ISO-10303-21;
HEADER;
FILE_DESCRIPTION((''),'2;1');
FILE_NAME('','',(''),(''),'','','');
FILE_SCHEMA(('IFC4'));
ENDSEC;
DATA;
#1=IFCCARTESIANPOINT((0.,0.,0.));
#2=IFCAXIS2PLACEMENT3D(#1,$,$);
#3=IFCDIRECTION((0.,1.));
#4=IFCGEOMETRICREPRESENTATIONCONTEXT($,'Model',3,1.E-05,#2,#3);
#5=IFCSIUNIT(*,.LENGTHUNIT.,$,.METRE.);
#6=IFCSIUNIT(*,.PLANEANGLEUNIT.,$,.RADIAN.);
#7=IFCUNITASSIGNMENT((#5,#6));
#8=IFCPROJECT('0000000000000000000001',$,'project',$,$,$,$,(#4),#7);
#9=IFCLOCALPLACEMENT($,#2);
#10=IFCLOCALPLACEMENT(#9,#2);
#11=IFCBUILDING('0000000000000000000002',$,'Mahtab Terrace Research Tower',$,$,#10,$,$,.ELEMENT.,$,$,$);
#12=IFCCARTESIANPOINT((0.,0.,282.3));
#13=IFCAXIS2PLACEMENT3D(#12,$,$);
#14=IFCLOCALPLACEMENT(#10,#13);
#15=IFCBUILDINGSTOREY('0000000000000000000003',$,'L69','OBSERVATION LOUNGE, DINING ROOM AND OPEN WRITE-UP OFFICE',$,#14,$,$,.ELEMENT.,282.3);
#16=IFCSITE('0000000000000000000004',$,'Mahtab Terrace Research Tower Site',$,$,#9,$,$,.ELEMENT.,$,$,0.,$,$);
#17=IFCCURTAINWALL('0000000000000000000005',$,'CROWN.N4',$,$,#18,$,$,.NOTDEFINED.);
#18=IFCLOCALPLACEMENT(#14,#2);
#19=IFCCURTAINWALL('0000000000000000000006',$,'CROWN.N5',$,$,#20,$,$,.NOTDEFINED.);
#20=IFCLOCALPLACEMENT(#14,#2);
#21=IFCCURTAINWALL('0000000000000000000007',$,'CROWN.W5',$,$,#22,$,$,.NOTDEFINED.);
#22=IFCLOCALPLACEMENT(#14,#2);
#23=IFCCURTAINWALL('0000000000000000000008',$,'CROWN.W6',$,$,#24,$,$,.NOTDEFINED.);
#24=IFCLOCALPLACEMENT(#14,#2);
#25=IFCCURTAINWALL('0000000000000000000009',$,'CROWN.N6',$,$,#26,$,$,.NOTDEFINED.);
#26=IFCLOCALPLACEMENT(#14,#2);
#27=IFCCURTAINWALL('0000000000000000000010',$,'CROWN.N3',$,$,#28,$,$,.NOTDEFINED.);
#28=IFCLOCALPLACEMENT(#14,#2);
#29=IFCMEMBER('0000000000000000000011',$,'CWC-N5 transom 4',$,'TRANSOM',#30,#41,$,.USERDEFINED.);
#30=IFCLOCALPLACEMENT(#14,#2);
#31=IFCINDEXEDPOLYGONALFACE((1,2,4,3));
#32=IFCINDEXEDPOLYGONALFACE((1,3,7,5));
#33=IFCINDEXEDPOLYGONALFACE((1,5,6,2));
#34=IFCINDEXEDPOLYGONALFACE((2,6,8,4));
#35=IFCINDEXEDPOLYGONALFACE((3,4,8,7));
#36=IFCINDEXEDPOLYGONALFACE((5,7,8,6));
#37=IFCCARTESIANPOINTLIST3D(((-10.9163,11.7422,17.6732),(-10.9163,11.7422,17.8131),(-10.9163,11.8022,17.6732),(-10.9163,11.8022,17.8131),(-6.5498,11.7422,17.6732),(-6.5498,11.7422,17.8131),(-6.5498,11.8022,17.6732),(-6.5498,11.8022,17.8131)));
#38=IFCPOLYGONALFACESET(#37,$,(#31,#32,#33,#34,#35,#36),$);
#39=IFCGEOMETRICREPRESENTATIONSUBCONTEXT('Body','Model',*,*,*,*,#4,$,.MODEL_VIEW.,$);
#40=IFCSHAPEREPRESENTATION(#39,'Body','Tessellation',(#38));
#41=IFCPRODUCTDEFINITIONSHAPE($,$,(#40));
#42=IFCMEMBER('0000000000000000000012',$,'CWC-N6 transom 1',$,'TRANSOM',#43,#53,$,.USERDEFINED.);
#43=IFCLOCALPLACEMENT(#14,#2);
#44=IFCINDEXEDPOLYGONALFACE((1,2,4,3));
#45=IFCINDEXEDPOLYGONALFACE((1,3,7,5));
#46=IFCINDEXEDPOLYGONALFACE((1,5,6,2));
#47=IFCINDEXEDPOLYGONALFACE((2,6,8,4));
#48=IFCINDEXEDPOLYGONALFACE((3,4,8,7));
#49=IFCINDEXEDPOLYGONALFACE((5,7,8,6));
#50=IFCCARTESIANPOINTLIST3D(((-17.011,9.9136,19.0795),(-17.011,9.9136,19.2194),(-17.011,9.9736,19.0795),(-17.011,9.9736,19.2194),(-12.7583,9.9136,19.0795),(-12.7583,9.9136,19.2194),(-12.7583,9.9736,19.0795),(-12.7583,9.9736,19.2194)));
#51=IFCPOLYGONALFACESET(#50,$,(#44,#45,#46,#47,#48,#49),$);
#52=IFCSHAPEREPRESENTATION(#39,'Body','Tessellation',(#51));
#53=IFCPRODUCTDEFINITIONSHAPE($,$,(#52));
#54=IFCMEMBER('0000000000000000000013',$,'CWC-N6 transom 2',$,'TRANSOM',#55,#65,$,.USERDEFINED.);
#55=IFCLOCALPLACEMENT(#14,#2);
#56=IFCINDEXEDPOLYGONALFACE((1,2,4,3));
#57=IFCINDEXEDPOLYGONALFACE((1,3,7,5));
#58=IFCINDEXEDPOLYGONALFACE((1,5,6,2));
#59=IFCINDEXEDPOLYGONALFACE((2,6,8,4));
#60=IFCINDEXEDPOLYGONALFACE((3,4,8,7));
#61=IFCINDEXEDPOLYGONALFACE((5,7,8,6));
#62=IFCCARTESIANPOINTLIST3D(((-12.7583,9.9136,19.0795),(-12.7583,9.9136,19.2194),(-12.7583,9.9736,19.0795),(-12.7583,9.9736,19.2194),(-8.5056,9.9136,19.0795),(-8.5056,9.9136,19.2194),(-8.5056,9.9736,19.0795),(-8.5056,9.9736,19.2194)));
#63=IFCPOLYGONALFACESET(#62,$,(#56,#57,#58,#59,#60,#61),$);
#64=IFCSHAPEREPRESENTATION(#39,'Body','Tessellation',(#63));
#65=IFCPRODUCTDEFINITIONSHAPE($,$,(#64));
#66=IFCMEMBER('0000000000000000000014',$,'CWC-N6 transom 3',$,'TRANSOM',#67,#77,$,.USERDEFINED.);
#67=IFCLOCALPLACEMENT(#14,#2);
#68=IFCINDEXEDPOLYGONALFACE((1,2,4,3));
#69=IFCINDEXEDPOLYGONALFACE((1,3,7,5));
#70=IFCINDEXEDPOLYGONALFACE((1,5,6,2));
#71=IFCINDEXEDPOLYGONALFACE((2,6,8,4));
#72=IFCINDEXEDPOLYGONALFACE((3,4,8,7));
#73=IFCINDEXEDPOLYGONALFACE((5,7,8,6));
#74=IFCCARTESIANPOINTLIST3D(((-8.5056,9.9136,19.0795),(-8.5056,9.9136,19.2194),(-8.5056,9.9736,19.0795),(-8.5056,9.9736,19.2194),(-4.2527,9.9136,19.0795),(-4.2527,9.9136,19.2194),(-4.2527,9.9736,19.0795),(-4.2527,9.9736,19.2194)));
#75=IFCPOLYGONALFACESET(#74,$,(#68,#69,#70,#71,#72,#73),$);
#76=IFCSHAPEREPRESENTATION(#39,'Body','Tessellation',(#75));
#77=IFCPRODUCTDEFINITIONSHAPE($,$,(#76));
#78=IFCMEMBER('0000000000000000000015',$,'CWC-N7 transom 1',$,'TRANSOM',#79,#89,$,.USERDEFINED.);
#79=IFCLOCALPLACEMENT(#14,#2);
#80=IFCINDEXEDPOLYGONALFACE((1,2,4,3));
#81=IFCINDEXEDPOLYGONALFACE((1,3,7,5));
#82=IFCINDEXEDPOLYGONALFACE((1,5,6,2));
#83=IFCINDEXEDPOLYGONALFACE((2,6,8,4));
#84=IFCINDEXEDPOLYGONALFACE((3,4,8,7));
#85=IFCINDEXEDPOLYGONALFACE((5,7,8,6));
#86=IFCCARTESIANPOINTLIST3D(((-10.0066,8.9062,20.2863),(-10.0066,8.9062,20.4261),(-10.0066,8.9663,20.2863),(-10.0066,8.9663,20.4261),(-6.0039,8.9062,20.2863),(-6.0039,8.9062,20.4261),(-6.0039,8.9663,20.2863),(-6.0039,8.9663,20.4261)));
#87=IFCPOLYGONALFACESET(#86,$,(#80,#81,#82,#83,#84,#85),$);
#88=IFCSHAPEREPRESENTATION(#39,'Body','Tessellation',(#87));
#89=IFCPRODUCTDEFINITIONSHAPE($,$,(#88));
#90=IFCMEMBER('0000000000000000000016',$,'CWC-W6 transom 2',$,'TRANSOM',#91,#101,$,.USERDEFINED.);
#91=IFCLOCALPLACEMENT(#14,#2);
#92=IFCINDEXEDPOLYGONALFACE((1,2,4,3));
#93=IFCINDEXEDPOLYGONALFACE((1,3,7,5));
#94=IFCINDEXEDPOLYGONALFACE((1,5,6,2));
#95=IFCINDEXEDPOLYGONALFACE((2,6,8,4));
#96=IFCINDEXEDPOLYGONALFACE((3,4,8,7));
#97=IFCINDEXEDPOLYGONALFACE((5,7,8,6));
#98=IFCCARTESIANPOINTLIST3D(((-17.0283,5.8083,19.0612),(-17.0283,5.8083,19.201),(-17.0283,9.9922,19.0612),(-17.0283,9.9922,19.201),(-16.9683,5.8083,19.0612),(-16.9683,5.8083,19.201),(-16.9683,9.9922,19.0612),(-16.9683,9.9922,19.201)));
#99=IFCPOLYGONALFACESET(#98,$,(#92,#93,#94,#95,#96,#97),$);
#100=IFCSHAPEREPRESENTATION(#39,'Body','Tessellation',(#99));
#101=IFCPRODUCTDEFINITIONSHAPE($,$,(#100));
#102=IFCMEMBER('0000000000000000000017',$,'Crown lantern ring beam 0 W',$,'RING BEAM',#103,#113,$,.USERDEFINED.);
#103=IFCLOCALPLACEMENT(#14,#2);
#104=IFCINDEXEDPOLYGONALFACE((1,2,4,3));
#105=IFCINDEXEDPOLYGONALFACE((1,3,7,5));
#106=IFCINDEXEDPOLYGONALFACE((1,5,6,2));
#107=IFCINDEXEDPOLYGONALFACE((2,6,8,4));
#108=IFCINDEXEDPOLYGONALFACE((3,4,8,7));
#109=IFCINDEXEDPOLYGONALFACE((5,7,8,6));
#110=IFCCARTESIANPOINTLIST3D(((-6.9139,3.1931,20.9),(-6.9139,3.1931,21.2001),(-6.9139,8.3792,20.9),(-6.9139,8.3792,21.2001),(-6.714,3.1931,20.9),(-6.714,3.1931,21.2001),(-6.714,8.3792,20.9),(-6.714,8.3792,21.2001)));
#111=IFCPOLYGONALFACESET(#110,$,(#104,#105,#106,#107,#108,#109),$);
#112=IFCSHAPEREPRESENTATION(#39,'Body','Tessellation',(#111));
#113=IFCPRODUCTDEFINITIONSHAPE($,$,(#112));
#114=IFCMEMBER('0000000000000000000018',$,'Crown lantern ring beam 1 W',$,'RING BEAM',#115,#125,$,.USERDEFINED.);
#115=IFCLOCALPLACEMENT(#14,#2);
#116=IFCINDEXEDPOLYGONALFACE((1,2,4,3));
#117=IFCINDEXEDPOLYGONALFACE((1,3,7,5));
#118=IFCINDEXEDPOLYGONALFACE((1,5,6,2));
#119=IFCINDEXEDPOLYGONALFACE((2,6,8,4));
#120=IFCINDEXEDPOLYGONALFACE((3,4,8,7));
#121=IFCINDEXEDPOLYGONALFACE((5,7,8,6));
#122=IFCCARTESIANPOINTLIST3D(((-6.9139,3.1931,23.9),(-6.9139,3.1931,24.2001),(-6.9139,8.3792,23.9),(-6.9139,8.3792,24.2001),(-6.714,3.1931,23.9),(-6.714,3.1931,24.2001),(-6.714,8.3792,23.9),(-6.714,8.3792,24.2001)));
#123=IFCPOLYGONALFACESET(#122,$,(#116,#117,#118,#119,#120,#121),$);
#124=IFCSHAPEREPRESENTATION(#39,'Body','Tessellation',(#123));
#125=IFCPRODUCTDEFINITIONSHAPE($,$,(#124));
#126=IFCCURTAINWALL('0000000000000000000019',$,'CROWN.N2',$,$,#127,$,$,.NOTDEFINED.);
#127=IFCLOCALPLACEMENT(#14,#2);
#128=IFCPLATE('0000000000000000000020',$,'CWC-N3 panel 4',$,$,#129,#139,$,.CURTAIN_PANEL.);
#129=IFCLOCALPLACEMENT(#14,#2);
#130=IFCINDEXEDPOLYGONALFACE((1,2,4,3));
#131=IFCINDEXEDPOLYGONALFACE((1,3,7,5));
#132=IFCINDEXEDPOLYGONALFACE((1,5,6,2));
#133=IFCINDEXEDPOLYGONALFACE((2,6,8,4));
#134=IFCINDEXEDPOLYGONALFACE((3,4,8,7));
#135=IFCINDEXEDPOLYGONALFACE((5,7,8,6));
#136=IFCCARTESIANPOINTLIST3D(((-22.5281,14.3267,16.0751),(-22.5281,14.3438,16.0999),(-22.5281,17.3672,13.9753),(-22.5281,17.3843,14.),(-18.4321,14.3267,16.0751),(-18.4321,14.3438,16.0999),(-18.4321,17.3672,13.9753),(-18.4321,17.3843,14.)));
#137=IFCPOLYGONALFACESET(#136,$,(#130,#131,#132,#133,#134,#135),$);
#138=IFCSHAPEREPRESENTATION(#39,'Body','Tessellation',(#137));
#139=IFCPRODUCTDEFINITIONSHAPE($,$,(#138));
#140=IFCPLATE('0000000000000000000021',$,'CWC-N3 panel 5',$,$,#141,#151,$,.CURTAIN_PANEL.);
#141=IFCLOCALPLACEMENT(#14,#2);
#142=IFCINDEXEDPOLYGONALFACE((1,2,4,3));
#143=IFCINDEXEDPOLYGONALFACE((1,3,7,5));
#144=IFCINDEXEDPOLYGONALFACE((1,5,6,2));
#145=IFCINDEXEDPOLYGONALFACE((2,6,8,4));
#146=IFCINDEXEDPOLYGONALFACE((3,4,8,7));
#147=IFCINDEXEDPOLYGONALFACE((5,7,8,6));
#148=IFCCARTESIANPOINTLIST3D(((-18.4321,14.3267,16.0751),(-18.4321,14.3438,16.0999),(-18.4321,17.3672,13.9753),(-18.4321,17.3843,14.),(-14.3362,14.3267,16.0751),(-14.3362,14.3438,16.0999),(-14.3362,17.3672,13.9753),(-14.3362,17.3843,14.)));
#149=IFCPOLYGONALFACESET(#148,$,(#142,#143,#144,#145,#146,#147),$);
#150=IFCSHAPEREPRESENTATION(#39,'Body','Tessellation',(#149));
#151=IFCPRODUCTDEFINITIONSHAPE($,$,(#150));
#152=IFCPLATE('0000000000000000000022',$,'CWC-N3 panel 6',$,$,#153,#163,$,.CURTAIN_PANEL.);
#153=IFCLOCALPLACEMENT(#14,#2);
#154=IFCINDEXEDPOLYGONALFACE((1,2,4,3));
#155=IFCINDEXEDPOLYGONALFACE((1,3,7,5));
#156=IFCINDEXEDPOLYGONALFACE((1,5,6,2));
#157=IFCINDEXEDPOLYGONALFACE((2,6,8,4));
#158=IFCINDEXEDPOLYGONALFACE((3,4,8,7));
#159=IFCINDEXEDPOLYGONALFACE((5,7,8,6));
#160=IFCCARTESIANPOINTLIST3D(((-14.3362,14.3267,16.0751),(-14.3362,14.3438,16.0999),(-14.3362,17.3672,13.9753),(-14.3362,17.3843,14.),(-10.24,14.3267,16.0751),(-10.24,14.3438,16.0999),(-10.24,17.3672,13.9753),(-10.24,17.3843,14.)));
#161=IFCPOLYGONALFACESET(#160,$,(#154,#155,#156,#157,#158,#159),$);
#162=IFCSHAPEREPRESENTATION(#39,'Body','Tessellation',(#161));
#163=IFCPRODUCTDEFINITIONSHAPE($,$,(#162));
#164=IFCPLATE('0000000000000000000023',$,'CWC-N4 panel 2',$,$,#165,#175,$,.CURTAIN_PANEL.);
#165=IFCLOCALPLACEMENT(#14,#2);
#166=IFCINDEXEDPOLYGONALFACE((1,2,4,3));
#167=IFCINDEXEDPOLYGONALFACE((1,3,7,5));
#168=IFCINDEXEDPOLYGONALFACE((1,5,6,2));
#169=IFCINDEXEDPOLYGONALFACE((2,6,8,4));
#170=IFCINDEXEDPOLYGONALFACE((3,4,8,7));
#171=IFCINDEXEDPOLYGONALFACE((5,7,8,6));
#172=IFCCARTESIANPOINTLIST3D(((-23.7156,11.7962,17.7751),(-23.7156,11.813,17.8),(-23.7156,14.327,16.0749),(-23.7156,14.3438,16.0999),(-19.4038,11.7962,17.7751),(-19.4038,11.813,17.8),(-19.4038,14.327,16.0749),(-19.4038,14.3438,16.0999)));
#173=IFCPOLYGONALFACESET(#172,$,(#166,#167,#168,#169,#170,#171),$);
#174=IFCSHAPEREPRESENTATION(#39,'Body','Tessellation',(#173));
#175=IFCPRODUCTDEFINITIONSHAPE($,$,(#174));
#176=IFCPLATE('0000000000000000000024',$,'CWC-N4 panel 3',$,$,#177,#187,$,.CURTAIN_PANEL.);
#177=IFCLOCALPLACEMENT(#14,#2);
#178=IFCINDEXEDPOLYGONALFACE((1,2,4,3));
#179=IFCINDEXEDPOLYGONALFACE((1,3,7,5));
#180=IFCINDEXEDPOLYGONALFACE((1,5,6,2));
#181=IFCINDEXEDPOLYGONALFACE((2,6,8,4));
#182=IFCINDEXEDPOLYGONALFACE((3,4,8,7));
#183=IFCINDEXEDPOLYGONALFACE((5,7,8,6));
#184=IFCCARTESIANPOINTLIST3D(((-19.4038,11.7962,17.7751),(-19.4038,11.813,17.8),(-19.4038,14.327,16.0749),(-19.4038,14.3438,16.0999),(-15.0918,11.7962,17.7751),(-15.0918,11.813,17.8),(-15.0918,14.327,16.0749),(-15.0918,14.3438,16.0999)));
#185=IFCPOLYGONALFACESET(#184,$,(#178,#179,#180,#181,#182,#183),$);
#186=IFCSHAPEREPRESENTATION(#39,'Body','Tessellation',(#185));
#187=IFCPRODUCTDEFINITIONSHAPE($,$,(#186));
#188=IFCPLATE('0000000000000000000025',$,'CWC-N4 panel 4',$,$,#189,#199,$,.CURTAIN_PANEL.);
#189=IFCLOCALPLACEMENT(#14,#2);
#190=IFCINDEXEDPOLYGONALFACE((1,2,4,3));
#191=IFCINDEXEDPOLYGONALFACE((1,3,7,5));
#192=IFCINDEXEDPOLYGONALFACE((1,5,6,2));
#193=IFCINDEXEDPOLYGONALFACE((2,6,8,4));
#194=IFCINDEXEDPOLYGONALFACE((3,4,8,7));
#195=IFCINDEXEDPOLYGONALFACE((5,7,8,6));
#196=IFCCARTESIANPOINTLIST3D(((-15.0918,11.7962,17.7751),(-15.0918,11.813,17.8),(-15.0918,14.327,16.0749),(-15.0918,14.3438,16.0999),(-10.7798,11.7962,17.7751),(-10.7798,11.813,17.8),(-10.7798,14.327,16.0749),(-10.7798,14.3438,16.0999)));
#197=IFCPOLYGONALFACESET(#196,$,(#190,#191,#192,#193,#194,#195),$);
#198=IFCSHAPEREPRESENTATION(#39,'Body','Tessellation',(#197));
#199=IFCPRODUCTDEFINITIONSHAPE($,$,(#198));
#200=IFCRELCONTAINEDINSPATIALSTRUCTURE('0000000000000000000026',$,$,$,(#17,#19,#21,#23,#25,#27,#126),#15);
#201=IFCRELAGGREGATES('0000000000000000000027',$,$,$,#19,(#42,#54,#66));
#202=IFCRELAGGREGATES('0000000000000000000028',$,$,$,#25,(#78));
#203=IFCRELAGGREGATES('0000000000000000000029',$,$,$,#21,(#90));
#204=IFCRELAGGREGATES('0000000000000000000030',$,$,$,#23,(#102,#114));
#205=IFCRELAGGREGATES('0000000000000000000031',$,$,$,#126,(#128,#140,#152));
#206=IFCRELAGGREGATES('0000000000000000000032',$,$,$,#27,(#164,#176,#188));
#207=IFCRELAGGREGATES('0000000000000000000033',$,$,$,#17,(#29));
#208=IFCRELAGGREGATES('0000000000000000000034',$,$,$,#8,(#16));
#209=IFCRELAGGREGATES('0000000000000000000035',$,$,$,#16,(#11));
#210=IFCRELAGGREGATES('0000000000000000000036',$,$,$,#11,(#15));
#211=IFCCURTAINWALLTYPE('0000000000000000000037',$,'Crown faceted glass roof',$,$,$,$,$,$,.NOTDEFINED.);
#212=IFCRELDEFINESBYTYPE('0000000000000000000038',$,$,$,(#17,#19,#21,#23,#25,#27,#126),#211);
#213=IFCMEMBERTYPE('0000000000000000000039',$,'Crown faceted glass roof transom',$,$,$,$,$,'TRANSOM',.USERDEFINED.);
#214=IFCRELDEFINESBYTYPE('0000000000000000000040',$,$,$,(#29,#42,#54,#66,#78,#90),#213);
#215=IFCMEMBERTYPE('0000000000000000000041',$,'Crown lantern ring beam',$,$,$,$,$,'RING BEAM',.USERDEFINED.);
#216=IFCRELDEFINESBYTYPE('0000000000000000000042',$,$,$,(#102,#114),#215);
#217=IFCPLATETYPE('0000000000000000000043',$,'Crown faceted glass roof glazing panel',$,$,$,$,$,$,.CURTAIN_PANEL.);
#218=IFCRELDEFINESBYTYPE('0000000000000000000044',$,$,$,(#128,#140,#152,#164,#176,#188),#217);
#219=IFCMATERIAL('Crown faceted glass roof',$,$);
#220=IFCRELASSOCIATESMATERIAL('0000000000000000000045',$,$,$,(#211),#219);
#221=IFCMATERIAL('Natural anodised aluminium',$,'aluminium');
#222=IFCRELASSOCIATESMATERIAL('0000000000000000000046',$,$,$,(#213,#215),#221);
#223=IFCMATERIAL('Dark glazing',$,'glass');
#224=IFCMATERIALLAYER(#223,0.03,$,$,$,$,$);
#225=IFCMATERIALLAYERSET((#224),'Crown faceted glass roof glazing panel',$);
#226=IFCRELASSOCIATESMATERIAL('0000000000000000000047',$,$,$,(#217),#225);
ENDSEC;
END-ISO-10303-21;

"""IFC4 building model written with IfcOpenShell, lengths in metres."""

from ifc_helpers import new_model, si_unit, direction, frame, origin, origin_2d, place, context, subcontext, project, spatial, polyline, rectangle, outline, extrude, material, layer, layer_set, material_profile, profile_set, type_object, element, aggregate, save


model = new_model("IFC4")

# Units and contexts
model_context = context("Model", 3, precision=1e-05, world=origin(), true_north=direction((0.0, 1.0)))
body_context = subcontext(model_context, "Body", "Model", "MODEL_VIEW")
ifc_project = project(units=[si_unit("LENGTHUNIT", "METRE"), si_unit("PLANEANGLEUNIT", "RADIAN")], contexts=[model_context])

# Site, building, storey
site_placement = place(None, origin())
site = spatial("IfcSite", under=ifc_project, at=site_placement, Name="Mahtab Terrace Research Tower Site", CompositionType="ELEMENT", RefElevation=0.0)
building_placement = place(site_placement, origin())
building = spatial("IfcBuilding", under=site, at=building_placement, Name="Mahtab Terrace Research Tower", CompositionType="ELEMENT")
storey_placement = place(building_placement, frame((0.0, 0.0, 282.3)))
storey = spatial("IfcBuildingStorey", under=building, at=storey_placement, Name="L69", Description="OBSERVATION LOUNGE, DINING ROOM AND OPEN WRITE-UP OFFICE", CompositionType="ELEMENT", Elevation=282.3)

# Curtain wall
ifc_material_1 = material(Name="Crown faceted glass roof")
curtain_wall_type = type_object("IfcCurtainWallType", Name="Crown faceted glass roof", PredefinedType="NOTDEFINED", material=ifc_material_1)
curtain_wall_1_placement = place(storey_placement, origin())
curtain_wall_1 = element("IfcCurtainWall", 1, at=curtain_wall_1_placement, inside=storey, type_object=curtain_wall_type, Name="CROWN.N4", PredefinedType="NOTDEFINED")
ifc_material_2 = material(Name="Natural anodised aluminium", Category="aluminium")

# Curtain walls
curtain_wall_2_placement = place(storey_placement, origin())
curtain_wall_2 = element("IfcCurtainWall", 2, at=curtain_wall_2_placement, inside=storey, type_object=curtain_wall_type, Name="CROWN.N5", PredefinedType="NOTDEFINED")
curtain_wall_3_placement = place(storey_placement, origin())
curtain_wall_3 = element("IfcCurtainWall", 3, at=curtain_wall_3_placement, inside=storey, type_object=curtain_wall_type, Name="CROWN.W5", PredefinedType="NOTDEFINED")
curtain_wall_4_placement = place(storey_placement, origin())
curtain_wall_4 = element("IfcCurtainWall", 4, at=curtain_wall_4_placement, inside=storey, type_object=curtain_wall_type, Name="CROWN.W6", PredefinedType="NOTDEFINED")

# Curtain wall
curtain_wall_5_placement = place(storey_placement, origin())
curtain_wall_5 = element("IfcCurtainWall", 5, at=curtain_wall_5_placement, inside=storey, type_object=curtain_wall_type, Name="CROWN.N6", PredefinedType="NOTDEFINED")

# Curtain wall
curtain_wall_6_placement = place(storey_placement, origin())
curtain_wall_6 = element("IfcCurtainWall", 6, at=curtain_wall_6_placement, inside=storey, type_object=curtain_wall_type, Name="CROWN.N3", PredefinedType="NOTDEFINED")
ifc_material_profile_1 = material_profile(ifc_material_2, rectangle(XDim=0.0601, YDim=0.1399, at=origin_2d()), Name="TRANSOM 60x140")
ifc_profile_set_1 = profile_set([ifc_material_profile_1], Name="Natural anodised aluminium")
member_type_1 = type_object("IfcMemberType", Name="Crown faceted glass roof transom", ElementType="TRANSOM", PredefinedType="USERDEFINED", material=ifc_profile_set_1)

# Members
member_1_placement = place(storey_placement, frame((-10.9163, 11.7722, 17.7432), z_axis=(1.0, 0.0, 0.0), x_axis=(0.0, 1.0, 0.0)))
member_1 = element("IfcMember", 7, at=member_1_placement, type_object=member_type_1, Name="CWC-N5 transom 4", ObjectType="TRANSOM", PredefinedType="USERDEFINED", context=body_context, shape_type="SweptSolid", body=[
    extrude(rectangle(XDim=0.0601, YDim=0.1399, at=origin_2d()), origin(), (0.0, 0.0, 1.0), 4.3665),
])
member_2_placement = place(storey_placement, frame((-17.011, 9.9436, 19.1494), z_axis=(1.0, 0.0, 0.0), x_axis=(0.0, 1.0, 0.0)))
member_2 = element("IfcMember", 8, at=member_2_placement, type_object=member_type_1, Name="CWC-N6 transom 1", ObjectType="TRANSOM", PredefinedType="USERDEFINED", context=body_context, shape_type="SweptSolid", body=[
    extrude(rectangle(XDim=0.0601, YDim=0.1399, at=origin_2d()), origin(), (0.0, 0.0, 1.0), 4.2527),
])
member_3_placement = place(storey_placement, frame((-12.7583, 9.9436, 19.1494), z_axis=(1.0, 0.0, 0.0), x_axis=(0.0, 1.0, 0.0)))
member_3 = element("IfcMember", 9, at=member_3_placement, type_object=member_type_1, Name="CWC-N6 transom 2", ObjectType="TRANSOM", PredefinedType="USERDEFINED", context=body_context, shape_type="SweptSolid", body=[
    extrude(rectangle(XDim=0.0601, YDim=0.1399, at=origin_2d()), origin(), (0.0, 0.0, 1.0), 4.2527),
])
member_4_placement = place(storey_placement, frame((-8.5056, 9.9436, 19.1494), z_axis=(1.0, 0.0, 0.0), x_axis=(0.0, 1.0, 0.0)))
member_4 = element("IfcMember", 10, at=member_4_placement, type_object=member_type_1, Name="CWC-N6 transom 3", ObjectType="TRANSOM", PredefinedType="USERDEFINED", context=body_context, shape_type="SweptSolid", body=[
    extrude(rectangle(XDim=0.0601, YDim=0.1399, at=origin_2d()), origin(), (0.0, 0.0, 1.0), 4.2529),
])
aggregate(curtain_wall_2, [member_2, member_3, member_4])
member_5_placement = place(storey_placement, frame((-10.0066, 8.9363, 20.3562), z_axis=(1.0, 0.0, 0.0), x_axis=(0.0, 1.0, 0.0)))
member_5 = element("IfcMember", 11, at=member_5_placement, type_object=member_type_1, Name="CWC-N7 transom 1", ObjectType="TRANSOM", PredefinedType="USERDEFINED", context=body_context, shape_type="SweptSolid", body=[
    extrude(rectangle(XDim=0.0601, YDim=0.1399, at=origin_2d()), origin(), (0.0, 0.0, 1.0), 4.0027),
])
aggregate(curtain_wall_5, [member_5])
member_6_placement = place(storey_placement, frame((-16.9983, 5.8083, 19.1311), z_axis=(0.0, 1.0, 0.0), x_axis=(-1.0, 0.0, 0.0)))
member_6 = element("IfcMember", 12, at=member_6_placement, type_object=member_type_1, Name="CWC-W6 transom 2", ObjectType="TRANSOM", PredefinedType="USERDEFINED", context=body_context, shape_type="SweptSolid", body=[
    extrude(rectangle(XDim=0.0601, YDim=0.1399, at=origin_2d()), origin(), (0.0, 0.0, 1.0), 4.1838),
])
aggregate(curtain_wall_3, [member_6])
ifc_material_profile_2 = material_profile(ifc_material_2, rectangle(XDim=0.2, YDim=0.3, at=origin_2d()), Name="RING BEAM 200x300")
ifc_profile_set_2 = profile_set([ifc_material_profile_2], Name="Natural anodised aluminium")
member_type_2 = type_object("IfcMemberType", Name="Crown lantern ring beam", ElementType="RING BEAM", PredefinedType="USERDEFINED", material=ifc_profile_set_2)
member_7_placement = place(storey_placement, frame((-6.814, 8.3792, 21.05), z_axis=(0.0, -1.0, 0.0), x_axis=(1.0, 0.0, 0.0)))
member_7 = element("IfcMember", 13, at=member_7_placement, type_object=member_type_2, Name="Crown lantern ring beam 0 W", ObjectType="RING BEAM", PredefinedType="USERDEFINED", context=body_context, shape_type="SweptSolid", body=[
    extrude(rectangle(XDim=0.2, YDim=0.3, at=origin_2d()), origin(), (0.0, 0.0, 1.0), 5.186),
])
member_8_placement = place(storey_placement, frame((-6.814, 8.3792, 24.05), z_axis=(0.0, -1.0, 0.0), x_axis=(1.0, 0.0, 0.0)))
member_8 = element("IfcMember", 14, at=member_8_placement, type_object=member_type_2, Name="Crown lantern ring beam 1 W", ObjectType="RING BEAM", PredefinedType="USERDEFINED", context=body_context, shape_type="SweptSolid", body=[
    extrude(rectangle(XDim=0.2, YDim=0.3, at=origin_2d()), origin(), (0.0, 0.0, 1.0), 5.186),
])
aggregate(curtain_wall_4, [member_7, member_8])

# Curtain wall, plates
curtain_wall_7_placement = place(storey_placement, origin())
curtain_wall_7 = element("IfcCurtainWall", 15, at=curtain_wall_7_placement, inside=storey, type_object=curtain_wall_type, Name="CROWN.N2", PredefinedType="NOTDEFINED")
ifc_material_3 = material(Name="Dark glazing", Category="glass")
ifc_layer_1 = layer(ifc_material_3, 0.03)
ifc_layer_set_1 = layer_set([ifc_layer_1], Name="Crown faceted glass roof glazing panel")
plate_type = type_object("IfcPlateType", Name="Crown faceted glass roof glazing panel", PredefinedType="CURTAIN_PANEL", material=ifc_layer_set_1)
plate_1_placement = place(storey_placement, frame((-18.4321, 14.3438, 16.0999), z_axis=(0.0, 0.568272, 0.822841), x_axis=(0.0, 0.822841, -0.568272)))
plate_1 = element("IfcPlate", 16, at=plate_1_placement, type_object=plate_type, Name="CWC-N3 panel 4", PredefinedType="CURTAIN_PANEL", context=body_context, shape_type="SweptSolid", body=[
    extrude(outline(polyline([(0.0, 0.0), (3.6952, 0.0), (3.6952, 4.0959), (0.0, 4.0959), (0.0, 0.0)])), origin(), (0.0, 0.0, -1.0), 0.03),
])
plate_2_placement = place(storey_placement, frame((-14.3362, 14.3438, 16.0999), z_axis=(0.0, 0.568272, 0.822841), x_axis=(0.0, 0.822841, -0.568272)))
plate_2 = element("IfcPlate", 17, at=plate_2_placement, type_object=plate_type, Name="CWC-N3 panel 5", PredefinedType="CURTAIN_PANEL", context=body_context, shape_type="SweptSolid", body=[
    extrude(outline(polyline([(0.0, 0.0), (3.6952, 0.0), (3.6952, 4.0959), (0.0, 4.0959), (0.0, 0.0)])), origin(), (0.0, 0.0, -1.0), 0.03),
])
plate_3_placement = place(storey_placement, frame((-10.24, 14.3438, 16.0999), z_axis=(0.0, 0.568272, 0.822841), x_axis=(0.0, 0.822841, -0.568272)))
plate_3 = element("IfcPlate", 18, at=plate_3_placement, type_object=plate_type, Name="CWC-N3 panel 6", PredefinedType="CURTAIN_PANEL", context=body_context, shape_type="SweptSolid", body=[
    extrude(outline(polyline([(0.0, 0.0), (3.6952, 0.0), (3.6952, 4.0962), (0.0, 4.0962), (0.0, 0.0)])), origin(), (0.0, 0.0, -1.0), 0.03),
])
aggregate(curtain_wall_7, [plate_1, plate_2, plate_3])

# Plates
plate_4_placement = place(storey_placement, frame((-19.4038, 11.813, 17.8), z_axis=(0.0, 0.557653, 0.830074), x_axis=(0.0, 0.830074, -0.557653)))
plate_4 = element("IfcPlate", 19, at=plate_4_placement, type_object=plate_type, Name="CWC-N4 panel 2", PredefinedType="CURTAIN_PANEL", context=body_context, shape_type="SweptSolid", body=[
    extrude(outline(polyline([(0.0, 0.0), (3.0488, 0.0), (3.0488, 4.3118), (0.0, 4.3118), (0.0, 0.0)])), origin(), (0.0, 0.0, -1.0), 0.03),
])
plate_5_placement = place(storey_placement, frame((-15.0918, 11.813, 17.8), z_axis=(0.0, 0.557653, 0.830074), x_axis=(0.0, 0.830074, -0.557653)))
plate_5 = element("IfcPlate", 20, at=plate_5_placement, type_object=plate_type, Name="CWC-N4 panel 3", PredefinedType="CURTAIN_PANEL", context=body_context, shape_type="SweptSolid", body=[
    extrude(outline(polyline([(0.0, 0.0), (3.0488, 0.0), (3.0488, 4.312), (0.0, 4.312), (0.0, 0.0)])), origin(), (0.0, 0.0, -1.0), 0.03),
])
plate_6_placement = place(storey_placement, frame((-10.7798, 11.813, 17.8), z_axis=(0.0, 0.557653, 0.830074), x_axis=(0.0, 0.830074, -0.557653)))
plate_6 = element("IfcPlate", 21, at=plate_6_placement, type_object=plate_type, Name="CWC-N4 panel 4", PredefinedType="CURTAIN_PANEL", context=body_context, shape_type="SweptSolid", body=[
    extrude(outline(polyline([(0.0, 0.0), (3.0488, 0.0), (3.0488, 4.312), (0.0, 4.312), (0.0, 0.0)])), origin(), (0.0, 0.0, -1.0), 0.03),
])
aggregate(curtain_wall_6, [plate_4, plate_5, plate_6])
aggregate(curtain_wall_1, [member_1])

save(model, "model.ifc")
